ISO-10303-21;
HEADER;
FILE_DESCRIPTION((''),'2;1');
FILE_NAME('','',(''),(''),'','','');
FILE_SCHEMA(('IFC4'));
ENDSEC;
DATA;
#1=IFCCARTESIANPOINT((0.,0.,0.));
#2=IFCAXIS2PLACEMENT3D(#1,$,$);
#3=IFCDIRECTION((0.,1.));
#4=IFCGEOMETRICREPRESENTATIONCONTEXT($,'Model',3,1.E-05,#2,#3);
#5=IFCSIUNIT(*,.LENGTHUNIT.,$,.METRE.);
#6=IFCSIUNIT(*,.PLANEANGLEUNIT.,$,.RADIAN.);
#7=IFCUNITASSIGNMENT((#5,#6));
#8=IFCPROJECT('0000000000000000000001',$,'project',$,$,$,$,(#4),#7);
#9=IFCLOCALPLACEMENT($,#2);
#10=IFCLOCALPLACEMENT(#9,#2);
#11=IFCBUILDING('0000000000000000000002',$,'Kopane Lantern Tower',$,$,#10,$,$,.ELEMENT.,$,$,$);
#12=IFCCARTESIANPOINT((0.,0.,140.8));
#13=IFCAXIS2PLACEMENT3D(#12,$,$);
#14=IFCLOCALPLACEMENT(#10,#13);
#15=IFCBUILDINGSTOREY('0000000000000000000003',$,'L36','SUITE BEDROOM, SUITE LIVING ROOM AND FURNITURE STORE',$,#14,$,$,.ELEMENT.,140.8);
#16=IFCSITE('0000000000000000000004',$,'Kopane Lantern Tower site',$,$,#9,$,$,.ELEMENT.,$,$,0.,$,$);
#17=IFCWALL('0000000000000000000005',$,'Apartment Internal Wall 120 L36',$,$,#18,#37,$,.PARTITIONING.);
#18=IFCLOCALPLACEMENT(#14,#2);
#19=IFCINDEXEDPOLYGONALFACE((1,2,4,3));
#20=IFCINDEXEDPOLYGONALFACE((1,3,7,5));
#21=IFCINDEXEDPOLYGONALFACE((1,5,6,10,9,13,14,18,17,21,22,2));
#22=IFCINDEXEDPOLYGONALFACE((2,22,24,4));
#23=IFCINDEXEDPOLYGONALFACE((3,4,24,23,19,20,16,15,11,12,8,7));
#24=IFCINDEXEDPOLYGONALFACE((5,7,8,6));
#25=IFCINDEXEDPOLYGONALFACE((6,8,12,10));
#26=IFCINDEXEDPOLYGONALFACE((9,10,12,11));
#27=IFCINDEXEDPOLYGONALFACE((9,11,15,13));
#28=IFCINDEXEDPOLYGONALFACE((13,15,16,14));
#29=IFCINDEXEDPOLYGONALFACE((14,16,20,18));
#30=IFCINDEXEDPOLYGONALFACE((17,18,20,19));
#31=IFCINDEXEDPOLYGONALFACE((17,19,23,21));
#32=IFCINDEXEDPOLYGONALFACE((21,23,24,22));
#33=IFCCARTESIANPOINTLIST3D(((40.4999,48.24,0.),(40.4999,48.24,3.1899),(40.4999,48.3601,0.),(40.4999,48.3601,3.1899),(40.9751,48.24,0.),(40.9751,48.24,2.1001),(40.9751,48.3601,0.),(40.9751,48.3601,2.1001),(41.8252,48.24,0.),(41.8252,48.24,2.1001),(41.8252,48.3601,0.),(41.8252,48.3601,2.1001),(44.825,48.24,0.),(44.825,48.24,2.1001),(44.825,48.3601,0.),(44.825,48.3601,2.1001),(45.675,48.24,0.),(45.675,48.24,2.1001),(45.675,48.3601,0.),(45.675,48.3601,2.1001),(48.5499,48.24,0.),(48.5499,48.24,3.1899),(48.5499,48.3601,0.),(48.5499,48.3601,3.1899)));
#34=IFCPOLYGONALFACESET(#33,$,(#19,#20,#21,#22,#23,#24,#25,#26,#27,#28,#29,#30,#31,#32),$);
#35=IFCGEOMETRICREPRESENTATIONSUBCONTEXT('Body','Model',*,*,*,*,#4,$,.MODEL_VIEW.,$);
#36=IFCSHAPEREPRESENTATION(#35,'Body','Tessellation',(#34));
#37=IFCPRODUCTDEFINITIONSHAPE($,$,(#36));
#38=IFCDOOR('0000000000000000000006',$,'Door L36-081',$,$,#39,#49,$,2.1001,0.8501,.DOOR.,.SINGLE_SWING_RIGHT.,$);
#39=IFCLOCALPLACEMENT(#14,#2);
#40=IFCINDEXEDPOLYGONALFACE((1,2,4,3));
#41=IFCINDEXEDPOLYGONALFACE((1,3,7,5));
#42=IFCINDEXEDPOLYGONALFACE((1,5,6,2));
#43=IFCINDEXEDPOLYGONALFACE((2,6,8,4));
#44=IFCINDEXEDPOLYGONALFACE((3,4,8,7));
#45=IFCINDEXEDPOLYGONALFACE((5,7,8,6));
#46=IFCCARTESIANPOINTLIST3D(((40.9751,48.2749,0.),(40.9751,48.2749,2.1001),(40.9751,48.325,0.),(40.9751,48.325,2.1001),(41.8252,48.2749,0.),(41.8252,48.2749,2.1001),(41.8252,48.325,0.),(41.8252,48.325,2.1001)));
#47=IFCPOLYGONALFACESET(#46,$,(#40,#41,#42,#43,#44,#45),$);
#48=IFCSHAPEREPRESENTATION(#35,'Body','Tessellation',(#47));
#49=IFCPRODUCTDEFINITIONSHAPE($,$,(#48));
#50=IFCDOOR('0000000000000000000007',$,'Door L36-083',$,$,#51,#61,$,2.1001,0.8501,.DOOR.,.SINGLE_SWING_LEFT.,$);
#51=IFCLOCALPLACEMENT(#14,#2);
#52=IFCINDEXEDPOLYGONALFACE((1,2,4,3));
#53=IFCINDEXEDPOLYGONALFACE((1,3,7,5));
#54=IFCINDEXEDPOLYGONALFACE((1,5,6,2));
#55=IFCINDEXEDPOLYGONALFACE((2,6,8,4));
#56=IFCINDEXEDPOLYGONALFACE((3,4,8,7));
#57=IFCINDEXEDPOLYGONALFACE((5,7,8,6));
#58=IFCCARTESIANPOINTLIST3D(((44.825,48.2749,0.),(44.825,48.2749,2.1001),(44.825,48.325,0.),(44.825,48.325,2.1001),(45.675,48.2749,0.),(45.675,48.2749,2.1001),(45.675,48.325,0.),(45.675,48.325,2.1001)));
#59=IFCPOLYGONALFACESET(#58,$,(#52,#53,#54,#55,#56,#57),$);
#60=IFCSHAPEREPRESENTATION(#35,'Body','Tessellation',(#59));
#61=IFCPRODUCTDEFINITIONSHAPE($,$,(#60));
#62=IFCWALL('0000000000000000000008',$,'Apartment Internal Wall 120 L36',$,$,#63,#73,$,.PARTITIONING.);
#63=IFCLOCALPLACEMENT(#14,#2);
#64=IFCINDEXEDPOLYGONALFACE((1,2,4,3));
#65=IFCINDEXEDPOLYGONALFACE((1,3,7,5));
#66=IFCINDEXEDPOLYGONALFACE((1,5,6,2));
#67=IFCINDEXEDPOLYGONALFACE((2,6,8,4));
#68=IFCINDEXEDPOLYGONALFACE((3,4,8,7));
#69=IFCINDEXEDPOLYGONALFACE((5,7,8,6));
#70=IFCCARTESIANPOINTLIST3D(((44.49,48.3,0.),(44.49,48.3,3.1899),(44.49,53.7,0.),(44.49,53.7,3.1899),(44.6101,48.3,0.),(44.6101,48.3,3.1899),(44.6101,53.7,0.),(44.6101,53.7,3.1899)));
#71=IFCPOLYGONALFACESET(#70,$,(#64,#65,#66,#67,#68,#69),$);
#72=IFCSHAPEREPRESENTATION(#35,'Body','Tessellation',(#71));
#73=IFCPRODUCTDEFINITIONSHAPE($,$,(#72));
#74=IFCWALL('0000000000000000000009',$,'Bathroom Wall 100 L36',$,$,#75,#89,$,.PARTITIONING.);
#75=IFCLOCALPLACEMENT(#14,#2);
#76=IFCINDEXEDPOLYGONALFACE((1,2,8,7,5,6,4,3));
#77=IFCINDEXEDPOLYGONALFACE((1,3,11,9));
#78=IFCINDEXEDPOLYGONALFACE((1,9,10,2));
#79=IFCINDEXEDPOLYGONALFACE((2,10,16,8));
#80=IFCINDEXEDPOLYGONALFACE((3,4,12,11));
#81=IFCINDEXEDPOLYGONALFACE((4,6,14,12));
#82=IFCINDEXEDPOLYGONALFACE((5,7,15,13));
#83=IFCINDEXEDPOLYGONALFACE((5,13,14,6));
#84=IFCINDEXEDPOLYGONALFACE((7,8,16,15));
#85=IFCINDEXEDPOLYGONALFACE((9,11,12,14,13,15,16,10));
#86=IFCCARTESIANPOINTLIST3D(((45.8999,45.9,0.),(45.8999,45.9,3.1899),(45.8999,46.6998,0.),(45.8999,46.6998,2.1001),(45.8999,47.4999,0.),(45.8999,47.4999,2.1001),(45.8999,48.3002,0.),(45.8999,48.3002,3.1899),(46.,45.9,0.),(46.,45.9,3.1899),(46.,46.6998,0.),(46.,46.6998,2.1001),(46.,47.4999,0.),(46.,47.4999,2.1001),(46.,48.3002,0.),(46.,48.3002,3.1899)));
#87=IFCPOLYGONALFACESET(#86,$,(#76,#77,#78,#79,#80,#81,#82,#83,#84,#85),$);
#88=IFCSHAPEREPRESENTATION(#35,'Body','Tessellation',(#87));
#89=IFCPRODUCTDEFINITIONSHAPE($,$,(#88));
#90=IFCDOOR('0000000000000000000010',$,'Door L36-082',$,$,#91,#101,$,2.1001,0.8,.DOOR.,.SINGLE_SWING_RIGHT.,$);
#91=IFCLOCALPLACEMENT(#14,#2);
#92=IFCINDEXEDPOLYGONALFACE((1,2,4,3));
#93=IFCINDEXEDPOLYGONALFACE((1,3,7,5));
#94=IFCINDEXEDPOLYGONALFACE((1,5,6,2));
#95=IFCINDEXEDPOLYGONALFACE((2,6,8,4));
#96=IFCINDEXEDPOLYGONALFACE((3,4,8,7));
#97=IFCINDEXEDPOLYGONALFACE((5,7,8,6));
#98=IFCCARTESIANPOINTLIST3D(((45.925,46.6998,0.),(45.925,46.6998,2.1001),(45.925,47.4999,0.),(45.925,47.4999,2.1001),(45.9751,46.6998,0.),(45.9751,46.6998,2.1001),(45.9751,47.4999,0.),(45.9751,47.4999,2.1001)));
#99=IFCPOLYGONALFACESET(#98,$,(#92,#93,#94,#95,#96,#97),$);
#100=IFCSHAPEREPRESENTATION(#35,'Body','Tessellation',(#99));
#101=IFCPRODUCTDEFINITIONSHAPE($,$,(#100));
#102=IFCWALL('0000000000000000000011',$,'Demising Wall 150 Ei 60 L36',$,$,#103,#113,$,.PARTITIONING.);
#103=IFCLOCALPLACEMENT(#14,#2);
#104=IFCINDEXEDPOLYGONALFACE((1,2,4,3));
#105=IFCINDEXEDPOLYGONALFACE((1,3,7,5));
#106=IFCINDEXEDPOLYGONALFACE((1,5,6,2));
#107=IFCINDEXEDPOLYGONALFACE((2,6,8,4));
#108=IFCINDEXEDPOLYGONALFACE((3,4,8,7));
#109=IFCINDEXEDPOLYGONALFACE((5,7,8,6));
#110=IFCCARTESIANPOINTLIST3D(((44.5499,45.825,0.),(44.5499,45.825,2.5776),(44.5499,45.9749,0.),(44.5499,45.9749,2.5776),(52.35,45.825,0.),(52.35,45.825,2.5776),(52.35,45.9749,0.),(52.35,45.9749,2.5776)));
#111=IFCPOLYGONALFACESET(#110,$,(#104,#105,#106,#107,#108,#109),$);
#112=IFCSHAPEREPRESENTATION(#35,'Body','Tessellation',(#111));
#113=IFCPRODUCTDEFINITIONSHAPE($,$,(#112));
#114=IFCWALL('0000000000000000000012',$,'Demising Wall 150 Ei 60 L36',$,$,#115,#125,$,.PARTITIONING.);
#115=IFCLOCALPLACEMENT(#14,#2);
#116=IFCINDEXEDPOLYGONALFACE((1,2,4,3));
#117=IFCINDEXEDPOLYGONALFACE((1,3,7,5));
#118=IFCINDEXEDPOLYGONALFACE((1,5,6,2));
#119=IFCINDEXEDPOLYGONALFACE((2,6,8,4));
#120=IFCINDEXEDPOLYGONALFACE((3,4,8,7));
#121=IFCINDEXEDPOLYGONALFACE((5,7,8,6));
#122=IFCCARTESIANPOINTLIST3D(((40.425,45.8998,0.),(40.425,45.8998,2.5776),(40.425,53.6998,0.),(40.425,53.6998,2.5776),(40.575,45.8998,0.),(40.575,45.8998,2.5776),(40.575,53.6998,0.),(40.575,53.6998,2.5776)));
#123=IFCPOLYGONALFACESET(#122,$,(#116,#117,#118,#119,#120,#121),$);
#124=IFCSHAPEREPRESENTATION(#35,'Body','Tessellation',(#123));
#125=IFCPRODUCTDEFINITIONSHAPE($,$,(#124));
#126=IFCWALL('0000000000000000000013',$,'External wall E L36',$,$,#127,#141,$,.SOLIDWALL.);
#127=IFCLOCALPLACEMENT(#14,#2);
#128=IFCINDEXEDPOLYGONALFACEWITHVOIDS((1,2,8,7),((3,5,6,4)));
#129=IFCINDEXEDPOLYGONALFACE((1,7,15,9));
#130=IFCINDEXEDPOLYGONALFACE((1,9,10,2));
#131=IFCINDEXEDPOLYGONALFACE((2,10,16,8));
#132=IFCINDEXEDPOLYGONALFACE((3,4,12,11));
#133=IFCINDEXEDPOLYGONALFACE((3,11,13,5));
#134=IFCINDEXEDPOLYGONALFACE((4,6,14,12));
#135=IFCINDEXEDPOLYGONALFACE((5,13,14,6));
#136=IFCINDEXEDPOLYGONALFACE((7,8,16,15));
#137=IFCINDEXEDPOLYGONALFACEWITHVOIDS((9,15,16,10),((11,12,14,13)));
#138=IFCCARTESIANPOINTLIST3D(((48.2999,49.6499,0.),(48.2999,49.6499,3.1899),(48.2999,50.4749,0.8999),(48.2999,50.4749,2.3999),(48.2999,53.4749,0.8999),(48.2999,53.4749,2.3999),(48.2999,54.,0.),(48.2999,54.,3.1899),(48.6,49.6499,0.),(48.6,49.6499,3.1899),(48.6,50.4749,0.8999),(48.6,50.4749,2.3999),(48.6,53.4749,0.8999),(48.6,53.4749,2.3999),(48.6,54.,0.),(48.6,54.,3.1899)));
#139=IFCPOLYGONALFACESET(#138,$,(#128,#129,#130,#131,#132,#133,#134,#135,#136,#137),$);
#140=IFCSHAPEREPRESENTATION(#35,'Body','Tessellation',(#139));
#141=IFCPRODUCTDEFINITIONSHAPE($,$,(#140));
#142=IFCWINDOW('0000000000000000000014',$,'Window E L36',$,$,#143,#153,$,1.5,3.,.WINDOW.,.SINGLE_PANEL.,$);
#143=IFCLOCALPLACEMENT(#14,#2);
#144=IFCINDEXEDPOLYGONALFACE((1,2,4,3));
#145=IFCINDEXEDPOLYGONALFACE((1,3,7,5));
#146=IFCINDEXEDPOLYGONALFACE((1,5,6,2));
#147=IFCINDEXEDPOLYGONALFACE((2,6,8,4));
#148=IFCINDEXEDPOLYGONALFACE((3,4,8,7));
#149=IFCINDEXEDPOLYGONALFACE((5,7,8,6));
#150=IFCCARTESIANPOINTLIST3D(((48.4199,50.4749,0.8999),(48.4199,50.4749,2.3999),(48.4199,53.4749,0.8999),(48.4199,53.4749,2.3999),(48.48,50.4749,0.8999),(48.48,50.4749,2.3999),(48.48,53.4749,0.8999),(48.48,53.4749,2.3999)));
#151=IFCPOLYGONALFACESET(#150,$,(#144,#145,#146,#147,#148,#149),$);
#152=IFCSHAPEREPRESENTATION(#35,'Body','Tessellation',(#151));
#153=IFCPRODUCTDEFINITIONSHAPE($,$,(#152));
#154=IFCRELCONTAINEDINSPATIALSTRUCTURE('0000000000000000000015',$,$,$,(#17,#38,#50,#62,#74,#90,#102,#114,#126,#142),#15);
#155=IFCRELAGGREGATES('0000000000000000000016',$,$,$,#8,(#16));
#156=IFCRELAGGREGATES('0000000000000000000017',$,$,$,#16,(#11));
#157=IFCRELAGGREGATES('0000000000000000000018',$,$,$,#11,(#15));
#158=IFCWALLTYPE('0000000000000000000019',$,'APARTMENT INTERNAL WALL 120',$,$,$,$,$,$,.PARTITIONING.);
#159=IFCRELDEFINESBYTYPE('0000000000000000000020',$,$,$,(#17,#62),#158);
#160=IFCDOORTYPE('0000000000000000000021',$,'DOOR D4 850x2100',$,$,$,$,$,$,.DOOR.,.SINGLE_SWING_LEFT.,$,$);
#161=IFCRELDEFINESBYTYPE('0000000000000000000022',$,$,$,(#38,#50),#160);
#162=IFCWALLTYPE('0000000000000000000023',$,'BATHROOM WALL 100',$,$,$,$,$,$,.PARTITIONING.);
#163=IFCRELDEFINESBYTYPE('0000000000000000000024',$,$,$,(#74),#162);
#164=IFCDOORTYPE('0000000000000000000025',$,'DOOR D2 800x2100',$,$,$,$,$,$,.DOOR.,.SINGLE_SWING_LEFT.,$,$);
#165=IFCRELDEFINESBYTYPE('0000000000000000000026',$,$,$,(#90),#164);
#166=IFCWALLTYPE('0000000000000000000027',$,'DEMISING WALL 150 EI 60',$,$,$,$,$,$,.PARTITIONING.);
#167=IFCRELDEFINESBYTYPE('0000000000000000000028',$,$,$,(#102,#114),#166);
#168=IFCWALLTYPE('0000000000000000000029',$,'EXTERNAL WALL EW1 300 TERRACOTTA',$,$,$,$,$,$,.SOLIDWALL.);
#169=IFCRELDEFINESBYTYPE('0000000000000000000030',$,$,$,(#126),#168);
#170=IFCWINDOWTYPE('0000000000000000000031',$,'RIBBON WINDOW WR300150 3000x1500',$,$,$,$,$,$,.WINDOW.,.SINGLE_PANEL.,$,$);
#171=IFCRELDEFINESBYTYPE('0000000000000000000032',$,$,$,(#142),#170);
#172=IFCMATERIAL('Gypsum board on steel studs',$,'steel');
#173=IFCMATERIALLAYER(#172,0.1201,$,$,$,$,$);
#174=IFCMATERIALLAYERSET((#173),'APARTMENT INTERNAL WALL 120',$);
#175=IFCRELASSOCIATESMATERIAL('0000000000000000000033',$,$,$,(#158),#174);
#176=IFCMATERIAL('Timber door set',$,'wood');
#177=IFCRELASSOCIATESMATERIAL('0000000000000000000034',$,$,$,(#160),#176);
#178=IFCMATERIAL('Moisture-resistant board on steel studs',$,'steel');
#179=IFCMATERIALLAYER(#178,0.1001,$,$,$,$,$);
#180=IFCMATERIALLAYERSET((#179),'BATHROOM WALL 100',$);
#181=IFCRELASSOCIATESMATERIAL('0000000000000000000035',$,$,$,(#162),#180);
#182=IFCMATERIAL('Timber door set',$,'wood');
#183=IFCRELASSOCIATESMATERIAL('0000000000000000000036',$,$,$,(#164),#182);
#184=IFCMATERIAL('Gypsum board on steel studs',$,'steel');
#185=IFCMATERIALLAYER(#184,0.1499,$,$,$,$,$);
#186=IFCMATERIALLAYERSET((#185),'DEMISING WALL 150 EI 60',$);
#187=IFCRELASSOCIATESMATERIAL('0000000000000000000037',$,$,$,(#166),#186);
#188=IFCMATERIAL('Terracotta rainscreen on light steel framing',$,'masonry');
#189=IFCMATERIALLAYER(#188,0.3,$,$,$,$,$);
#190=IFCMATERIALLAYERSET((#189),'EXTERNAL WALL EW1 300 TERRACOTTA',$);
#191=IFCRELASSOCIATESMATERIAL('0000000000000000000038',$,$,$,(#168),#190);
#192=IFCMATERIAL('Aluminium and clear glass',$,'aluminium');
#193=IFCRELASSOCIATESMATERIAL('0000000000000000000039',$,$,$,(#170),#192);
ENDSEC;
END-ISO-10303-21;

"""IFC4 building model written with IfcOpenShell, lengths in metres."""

from ifc_helpers import new_model, si_unit, direction, frame, frame_2d, origin, place, context, subcontext, project, spatial, rectangle, extrude, material, layer, layer_set, type_object, element, fill, save


model = new_model("IFC4")

# Units and contexts
model_context = context("Model", 3, precision=1e-05, world=origin(), true_north=direction((0.0, 1.0)))
body_context = subcontext(model_context, "Body", "Model", "MODEL_VIEW")
ifc_project = project(units=[si_unit("LENGTHUNIT", "METRE"), si_unit("PLANEANGLEUNIT", "RADIAN")], contexts=[model_context])

# Site, building, storey
site_placement = place(None, origin())
site = spatial("IfcSite", under=ifc_project, at=site_placement, Name="Kopane Lantern Tower site", CompositionType="ELEMENT", RefElevation=0.0)
building_placement = place(site_placement, origin())
building = spatial("IfcBuilding", under=site, at=building_placement, Name="Kopane Lantern Tower", CompositionType="ELEMENT")
storey_placement = place(building_placement, frame((0.0, 0.0, 140.8)))
storey = spatial("IfcBuildingStorey", under=building, at=storey_placement, Name="L36", Description="SUITE BEDROOM, SUITE LIVING ROOM AND FURNITURE STORE", CompositionType="ELEMENT", Elevation=140.8)

# Wall, openings, doors
ifc_material_1 = material(Name="Gypsum board on steel studs", Category="steel")
ifc_layer_1 = layer(ifc_material_1, 0.1201)
ifc_layer_set_1 = layer_set([ifc_layer_1], Name="APARTMENT INTERNAL WALL 120")
wall_type_1 = type_object("IfcWallType", Name="APARTMENT INTERNAL WALL 120", PredefinedType="PARTITIONING", material=ifc_layer_set_1)
wall_1_placement = place(storey_placement, frame((40.5, 48.3, 0.0), z_axis=(0.0, 0.0, 1.0), x_axis=(1.0, 0.0, 0.0)))
wall_1 = element("IfcWall", 1, at=wall_1_placement, inside=storey, type_object=wall_type_1, Name="Apartment Internal Wall 120 L36", PredefinedType="PARTITIONING", context=body_context, shape_type="SweptSolid", body=[
    extrude(rectangle(XDim=8.05, YDim=0.1201, at=frame_2d((4.0249, 0.0))), origin(), (0.0, 0.0, 1.0), 3.1899),
])
opening_1_placement = place(wall_1_placement, frame((0.4751, 0.0, 0.0)))
opening_1 = element("IfcOpeningElement", 2, at=opening_1_placement, cuts=wall_1, PredefinedType="OPENING", context=body_context, shape_type="SweptSolid", body=[
    extrude(rectangle(XDim=0.8501, YDim=2.1001, at=frame_2d((0.425, 1.05))), frame((0.0, 0.0701, 0.0), z_axis=(0.0, -1.0, 0.0), x_axis=(1.0, 0.0, 0.0)), (0.0, 0.0, 1.0), 0.1401),
])
opening_2_placement = place(wall_1_placement, frame((4.325, 0.0, 0.0)))
opening_2 = element("IfcOpeningElement", 3, at=opening_2_placement, cuts=wall_1, PredefinedType="OPENING", context=body_context, shape_type="SweptSolid", body=[
    extrude(rectangle(XDim=0.8501, YDim=2.1001, at=frame_2d((0.425, 1.05))), frame((0.0, 0.0701, 0.0), z_axis=(0.0, -1.0, 0.0), x_axis=(1.0, 0.0, 0.0)), (0.0, 0.0, 1.0), 0.1401),
])
ifc_material_2 = material(Name="Timber door set", Category="wood")
door_type_1 = type_object("IfcDoorType", Name="DOOR D4 850x2100", OperationType="SINGLE_SWING_LEFT", PredefinedType="DOOR", material=ifc_material_2)
door_1_placement = place(opening_1_placement, origin())
door_1 = element("IfcDoor", 4, at=door_1_placement, inside=storey, type_object=door_type_1, Name="Door L36-081", OperationType="SINGLE_SWING_RIGHT", OverallHeight=2.1001, OverallWidth=0.8501, PredefinedType="DOOR", context=body_context, shape_type="SweptSolid", body=[
    extrude(rectangle(XDim=0.8501, YDim=2.1001, at=frame_2d((0.425, 1.05))), frame((0.0, 0.0249, 0.0), z_axis=(0.0, -1.0, 0.0), x_axis=(1.0, 0.0, 0.0)), (0.0, 0.0, 1.0), 0.05),
])
fill(opening_1, door_1)
door_2_placement = place(opening_2_placement, origin())
door_2 = element("IfcDoor", 5, at=door_2_placement, inside=storey, type_object=door_type_1, Name="Door L36-083", OperationType="SINGLE_SWING_LEFT", OverallHeight=2.1001, OverallWidth=0.8501, PredefinedType="DOOR", context=body_context, shape_type="SweptSolid", body=[
    extrude(rectangle(XDim=0.8501, YDim=2.1001, at=frame_2d((0.425, 1.05))), frame((0.0, 0.0249, 0.0), z_axis=(0.0, -1.0, 0.0), x_axis=(1.0, 0.0, 0.0)), (0.0, 0.0, 1.0), 0.05),
])
fill(opening_2, door_2)

# Wall
wall_2_placement = place(storey_placement, frame((44.55, 48.3, 0.0), z_axis=(0.0, 0.0, 1.0), x_axis=(0.0, 1.0, 0.0)))
element("IfcWall", 6, at=wall_2_placement, inside=storey, type_object=wall_type_1, Name="Apartment Internal Wall 120 L36", PredefinedType="PARTITIONING", context=body_context, shape_type="SweptSolid", body=[
    extrude(rectangle(XDim=5.3999, YDim=0.1201, at=frame_2d((2.7, 0.0))), origin(), (0.0, 0.0, 1.0), 3.1899),
])

# Wall, opening, door
ifc_material_3 = material(Name="Moisture-resistant board on steel studs", Category="steel")
ifc_layer_2 = layer(ifc_material_3, 0.1001)
ifc_layer_set_2 = layer_set([ifc_layer_2], Name="BATHROOM WALL 100")
wall_type_2 = type_object("IfcWallType", Name="BATHROOM WALL 100", PredefinedType="PARTITIONING", material=ifc_layer_set_2)
wall_3_placement = place(storey_placement, frame((45.95, 45.8999, 0.0), z_axis=(0.0, 0.0, 1.0), x_axis=(0.0, 1.0, 0.0)))
wall_3 = element("IfcWall", 7, at=wall_3_placement, inside=storey, type_object=wall_type_2, Name="Bathroom Wall 100 L36", PredefinedType="PARTITIONING", context=body_context, shape_type="SweptSolid", body=[
    extrude(rectangle(XDim=2.4001, YDim=0.1001, at=frame_2d((1.2002, 0.0))), origin(), (0.0, 0.0, 1.0), 3.1899),
])
opening_3_placement = place(wall_3_placement, frame((0.8, 0.0, 0.0)))
opening_3 = element("IfcOpeningElement", 8, at=opening_3_placement, cuts=wall_3, PredefinedType="OPENING", context=body_context, shape_type="SweptSolid", body=[
    extrude(rectangle(XDim=0.8, YDim=2.1001, at=frame_2d((0.3999, 1.05))), frame((0.0, 0.0601, 0.0), z_axis=(0.0, -1.0, 0.0), x_axis=(1.0, 0.0, 0.0)), (0.0, 0.0, 1.0), 0.1201),
])
ifc_material_4 = material(Name="Timber door set", Category="wood")
door_type_2 = type_object("IfcDoorType", Name="DOOR D2 800x2100", OperationType="SINGLE_SWING_LEFT", PredefinedType="DOOR", material=ifc_material_4)
door_3_placement = place(opening_3_placement, origin())
door_3 = element("IfcDoor", 9, at=door_3_placement, inside=storey, type_object=door_type_2, Name="Door L36-082", OperationType="SINGLE_SWING_RIGHT", OverallHeight=2.1001, OverallWidth=0.8, PredefinedType="DOOR", context=body_context, shape_type="SweptSolid", body=[
    extrude(rectangle(XDim=0.8, YDim=2.1001, at=frame_2d((0.3999, 1.05))), frame((0.0, 0.0249, 0.0), z_axis=(0.0, -1.0, 0.0), x_axis=(1.0, 0.0, 0.0)), (0.0, 0.0, 1.0), 0.05),
])
fill(opening_3, door_3)

# Walls
ifc_material_5 = material(Name="Gypsum board on steel studs", Category="steel")
ifc_layer_3 = layer(ifc_material_5, 0.1499)
ifc_layer_set_3 = layer_set([ifc_layer_3], Name="DEMISING WALL 150 EI 60")
wall_type_3 = type_object("IfcWallType", Name="DEMISING WALL 150 EI 60", PredefinedType="PARTITIONING", material=ifc_layer_set_3)
for number, where, z_axis, x_axis, name in (
    (10, (44.55, 45.8999, 0.0), (0.0, 0.0, 1.0), (1.0, 0.0, 0.0), "Demising Wall 150 Ei 60 L36"),
    (11, (40.5, 45.8999, 0.0), (0.0, 0.0, 1.0), (0.0, 1.0, 0.0), "Demising Wall 150 Ei 60 L36"),
):
    element("IfcWall", number, at=place(storey_placement, frame(where, z_axis=z_axis, x_axis=x_axis)), inside=storey, type_object=wall_type_3, Name=name, PredefinedType="PARTITIONING", context=body_context, shape_type="SweptSolid", body=[
        extrude(rectangle(XDim=7.8, YDim=0.1499, at=frame_2d((3.8999, 0.0))), origin(), (0.0, 0.0, 1.0), 2.5776),
    ])

# Wall, opening, window
ifc_material_6 = material(Name="Terracotta rainscreen on light steel framing", Category="masonry")
ifc_layer_4 = layer(ifc_material_6, 0.3)
ifc_layer_set_4 = layer_set([ifc_layer_4], Name="EXTERNAL WALL EW1 300 TERRACOTTA")
wall_type_4 = type_object("IfcWallType", Name="EXTERNAL WALL EW1 300 TERRACOTTA", PredefinedType="SOLIDWALL", material=ifc_layer_set_4)
wall_4_placement = place(storey_placement, frame((48.45, 49.6499, 0.0), z_axis=(0.0, 0.0, 1.0), x_axis=(0.0, 1.0, 0.0)))
wall_4 = element("IfcWall", 12, at=wall_4_placement, inside=storey, type_object=wall_type_4, Name="External wall E L36", PredefinedType="SOLIDWALL", context=body_context, shape_type="SweptSolid", body=[
    extrude(rectangle(XDim=4.3501, YDim=0.3, at=frame_2d((2.175, 0.0))), origin(), (0.0, 0.0, 1.0), 3.1899),
])
opening_4_placement = place(wall_4_placement, frame((0.825, 0.0, 0.8999)))
opening_4 = element("IfcOpeningElement", 13, at=opening_4_placement, cuts=wall_4, PredefinedType="OPENING", context=body_context, shape_type="SweptSolid", body=[
    extrude(rectangle(XDim=3.0, YDim=1.5, at=frame_2d((1.5, 0.75))), frame((0.0, 0.1599, 0.0), z_axis=(0.0, -1.0, 0.0), x_axis=(1.0, 0.0, 0.0)), (0.0, 0.0, 1.0), 0.3201),
])
ifc_material_7 = material(Name="Aluminium and clear glass", Category="aluminium")
window_type_1 = type_object("IfcWindowType", Name="RIBBON WINDOW WR300150 3000x1500", PartitioningType="SINGLE_PANEL", PredefinedType="WINDOW", material=ifc_material_7)
window_1_placement = place(opening_4_placement, origin())
window_1 = element("IfcWindow", 14, at=window_1_placement, inside=storey, type_object=window_type_1, Name="Window E L36", OverallHeight=1.5, OverallWidth=3.0, PartitioningType="SINGLE_PANEL", PredefinedType="WINDOW", context=body_context, shape_type="SweptSolid", body=[
    extrude(rectangle(XDim=3.0, YDim=1.5, at=frame_2d((1.5, 0.75))), frame((0.0, 0.03, 0.0), z_axis=(0.0, -1.0, 0.0), x_axis=(1.0, 0.0, 0.0)), (0.0, 0.0, 1.0), 0.0601),
])
fill(opening_4, window_1)

save(model, "model.ifc")
